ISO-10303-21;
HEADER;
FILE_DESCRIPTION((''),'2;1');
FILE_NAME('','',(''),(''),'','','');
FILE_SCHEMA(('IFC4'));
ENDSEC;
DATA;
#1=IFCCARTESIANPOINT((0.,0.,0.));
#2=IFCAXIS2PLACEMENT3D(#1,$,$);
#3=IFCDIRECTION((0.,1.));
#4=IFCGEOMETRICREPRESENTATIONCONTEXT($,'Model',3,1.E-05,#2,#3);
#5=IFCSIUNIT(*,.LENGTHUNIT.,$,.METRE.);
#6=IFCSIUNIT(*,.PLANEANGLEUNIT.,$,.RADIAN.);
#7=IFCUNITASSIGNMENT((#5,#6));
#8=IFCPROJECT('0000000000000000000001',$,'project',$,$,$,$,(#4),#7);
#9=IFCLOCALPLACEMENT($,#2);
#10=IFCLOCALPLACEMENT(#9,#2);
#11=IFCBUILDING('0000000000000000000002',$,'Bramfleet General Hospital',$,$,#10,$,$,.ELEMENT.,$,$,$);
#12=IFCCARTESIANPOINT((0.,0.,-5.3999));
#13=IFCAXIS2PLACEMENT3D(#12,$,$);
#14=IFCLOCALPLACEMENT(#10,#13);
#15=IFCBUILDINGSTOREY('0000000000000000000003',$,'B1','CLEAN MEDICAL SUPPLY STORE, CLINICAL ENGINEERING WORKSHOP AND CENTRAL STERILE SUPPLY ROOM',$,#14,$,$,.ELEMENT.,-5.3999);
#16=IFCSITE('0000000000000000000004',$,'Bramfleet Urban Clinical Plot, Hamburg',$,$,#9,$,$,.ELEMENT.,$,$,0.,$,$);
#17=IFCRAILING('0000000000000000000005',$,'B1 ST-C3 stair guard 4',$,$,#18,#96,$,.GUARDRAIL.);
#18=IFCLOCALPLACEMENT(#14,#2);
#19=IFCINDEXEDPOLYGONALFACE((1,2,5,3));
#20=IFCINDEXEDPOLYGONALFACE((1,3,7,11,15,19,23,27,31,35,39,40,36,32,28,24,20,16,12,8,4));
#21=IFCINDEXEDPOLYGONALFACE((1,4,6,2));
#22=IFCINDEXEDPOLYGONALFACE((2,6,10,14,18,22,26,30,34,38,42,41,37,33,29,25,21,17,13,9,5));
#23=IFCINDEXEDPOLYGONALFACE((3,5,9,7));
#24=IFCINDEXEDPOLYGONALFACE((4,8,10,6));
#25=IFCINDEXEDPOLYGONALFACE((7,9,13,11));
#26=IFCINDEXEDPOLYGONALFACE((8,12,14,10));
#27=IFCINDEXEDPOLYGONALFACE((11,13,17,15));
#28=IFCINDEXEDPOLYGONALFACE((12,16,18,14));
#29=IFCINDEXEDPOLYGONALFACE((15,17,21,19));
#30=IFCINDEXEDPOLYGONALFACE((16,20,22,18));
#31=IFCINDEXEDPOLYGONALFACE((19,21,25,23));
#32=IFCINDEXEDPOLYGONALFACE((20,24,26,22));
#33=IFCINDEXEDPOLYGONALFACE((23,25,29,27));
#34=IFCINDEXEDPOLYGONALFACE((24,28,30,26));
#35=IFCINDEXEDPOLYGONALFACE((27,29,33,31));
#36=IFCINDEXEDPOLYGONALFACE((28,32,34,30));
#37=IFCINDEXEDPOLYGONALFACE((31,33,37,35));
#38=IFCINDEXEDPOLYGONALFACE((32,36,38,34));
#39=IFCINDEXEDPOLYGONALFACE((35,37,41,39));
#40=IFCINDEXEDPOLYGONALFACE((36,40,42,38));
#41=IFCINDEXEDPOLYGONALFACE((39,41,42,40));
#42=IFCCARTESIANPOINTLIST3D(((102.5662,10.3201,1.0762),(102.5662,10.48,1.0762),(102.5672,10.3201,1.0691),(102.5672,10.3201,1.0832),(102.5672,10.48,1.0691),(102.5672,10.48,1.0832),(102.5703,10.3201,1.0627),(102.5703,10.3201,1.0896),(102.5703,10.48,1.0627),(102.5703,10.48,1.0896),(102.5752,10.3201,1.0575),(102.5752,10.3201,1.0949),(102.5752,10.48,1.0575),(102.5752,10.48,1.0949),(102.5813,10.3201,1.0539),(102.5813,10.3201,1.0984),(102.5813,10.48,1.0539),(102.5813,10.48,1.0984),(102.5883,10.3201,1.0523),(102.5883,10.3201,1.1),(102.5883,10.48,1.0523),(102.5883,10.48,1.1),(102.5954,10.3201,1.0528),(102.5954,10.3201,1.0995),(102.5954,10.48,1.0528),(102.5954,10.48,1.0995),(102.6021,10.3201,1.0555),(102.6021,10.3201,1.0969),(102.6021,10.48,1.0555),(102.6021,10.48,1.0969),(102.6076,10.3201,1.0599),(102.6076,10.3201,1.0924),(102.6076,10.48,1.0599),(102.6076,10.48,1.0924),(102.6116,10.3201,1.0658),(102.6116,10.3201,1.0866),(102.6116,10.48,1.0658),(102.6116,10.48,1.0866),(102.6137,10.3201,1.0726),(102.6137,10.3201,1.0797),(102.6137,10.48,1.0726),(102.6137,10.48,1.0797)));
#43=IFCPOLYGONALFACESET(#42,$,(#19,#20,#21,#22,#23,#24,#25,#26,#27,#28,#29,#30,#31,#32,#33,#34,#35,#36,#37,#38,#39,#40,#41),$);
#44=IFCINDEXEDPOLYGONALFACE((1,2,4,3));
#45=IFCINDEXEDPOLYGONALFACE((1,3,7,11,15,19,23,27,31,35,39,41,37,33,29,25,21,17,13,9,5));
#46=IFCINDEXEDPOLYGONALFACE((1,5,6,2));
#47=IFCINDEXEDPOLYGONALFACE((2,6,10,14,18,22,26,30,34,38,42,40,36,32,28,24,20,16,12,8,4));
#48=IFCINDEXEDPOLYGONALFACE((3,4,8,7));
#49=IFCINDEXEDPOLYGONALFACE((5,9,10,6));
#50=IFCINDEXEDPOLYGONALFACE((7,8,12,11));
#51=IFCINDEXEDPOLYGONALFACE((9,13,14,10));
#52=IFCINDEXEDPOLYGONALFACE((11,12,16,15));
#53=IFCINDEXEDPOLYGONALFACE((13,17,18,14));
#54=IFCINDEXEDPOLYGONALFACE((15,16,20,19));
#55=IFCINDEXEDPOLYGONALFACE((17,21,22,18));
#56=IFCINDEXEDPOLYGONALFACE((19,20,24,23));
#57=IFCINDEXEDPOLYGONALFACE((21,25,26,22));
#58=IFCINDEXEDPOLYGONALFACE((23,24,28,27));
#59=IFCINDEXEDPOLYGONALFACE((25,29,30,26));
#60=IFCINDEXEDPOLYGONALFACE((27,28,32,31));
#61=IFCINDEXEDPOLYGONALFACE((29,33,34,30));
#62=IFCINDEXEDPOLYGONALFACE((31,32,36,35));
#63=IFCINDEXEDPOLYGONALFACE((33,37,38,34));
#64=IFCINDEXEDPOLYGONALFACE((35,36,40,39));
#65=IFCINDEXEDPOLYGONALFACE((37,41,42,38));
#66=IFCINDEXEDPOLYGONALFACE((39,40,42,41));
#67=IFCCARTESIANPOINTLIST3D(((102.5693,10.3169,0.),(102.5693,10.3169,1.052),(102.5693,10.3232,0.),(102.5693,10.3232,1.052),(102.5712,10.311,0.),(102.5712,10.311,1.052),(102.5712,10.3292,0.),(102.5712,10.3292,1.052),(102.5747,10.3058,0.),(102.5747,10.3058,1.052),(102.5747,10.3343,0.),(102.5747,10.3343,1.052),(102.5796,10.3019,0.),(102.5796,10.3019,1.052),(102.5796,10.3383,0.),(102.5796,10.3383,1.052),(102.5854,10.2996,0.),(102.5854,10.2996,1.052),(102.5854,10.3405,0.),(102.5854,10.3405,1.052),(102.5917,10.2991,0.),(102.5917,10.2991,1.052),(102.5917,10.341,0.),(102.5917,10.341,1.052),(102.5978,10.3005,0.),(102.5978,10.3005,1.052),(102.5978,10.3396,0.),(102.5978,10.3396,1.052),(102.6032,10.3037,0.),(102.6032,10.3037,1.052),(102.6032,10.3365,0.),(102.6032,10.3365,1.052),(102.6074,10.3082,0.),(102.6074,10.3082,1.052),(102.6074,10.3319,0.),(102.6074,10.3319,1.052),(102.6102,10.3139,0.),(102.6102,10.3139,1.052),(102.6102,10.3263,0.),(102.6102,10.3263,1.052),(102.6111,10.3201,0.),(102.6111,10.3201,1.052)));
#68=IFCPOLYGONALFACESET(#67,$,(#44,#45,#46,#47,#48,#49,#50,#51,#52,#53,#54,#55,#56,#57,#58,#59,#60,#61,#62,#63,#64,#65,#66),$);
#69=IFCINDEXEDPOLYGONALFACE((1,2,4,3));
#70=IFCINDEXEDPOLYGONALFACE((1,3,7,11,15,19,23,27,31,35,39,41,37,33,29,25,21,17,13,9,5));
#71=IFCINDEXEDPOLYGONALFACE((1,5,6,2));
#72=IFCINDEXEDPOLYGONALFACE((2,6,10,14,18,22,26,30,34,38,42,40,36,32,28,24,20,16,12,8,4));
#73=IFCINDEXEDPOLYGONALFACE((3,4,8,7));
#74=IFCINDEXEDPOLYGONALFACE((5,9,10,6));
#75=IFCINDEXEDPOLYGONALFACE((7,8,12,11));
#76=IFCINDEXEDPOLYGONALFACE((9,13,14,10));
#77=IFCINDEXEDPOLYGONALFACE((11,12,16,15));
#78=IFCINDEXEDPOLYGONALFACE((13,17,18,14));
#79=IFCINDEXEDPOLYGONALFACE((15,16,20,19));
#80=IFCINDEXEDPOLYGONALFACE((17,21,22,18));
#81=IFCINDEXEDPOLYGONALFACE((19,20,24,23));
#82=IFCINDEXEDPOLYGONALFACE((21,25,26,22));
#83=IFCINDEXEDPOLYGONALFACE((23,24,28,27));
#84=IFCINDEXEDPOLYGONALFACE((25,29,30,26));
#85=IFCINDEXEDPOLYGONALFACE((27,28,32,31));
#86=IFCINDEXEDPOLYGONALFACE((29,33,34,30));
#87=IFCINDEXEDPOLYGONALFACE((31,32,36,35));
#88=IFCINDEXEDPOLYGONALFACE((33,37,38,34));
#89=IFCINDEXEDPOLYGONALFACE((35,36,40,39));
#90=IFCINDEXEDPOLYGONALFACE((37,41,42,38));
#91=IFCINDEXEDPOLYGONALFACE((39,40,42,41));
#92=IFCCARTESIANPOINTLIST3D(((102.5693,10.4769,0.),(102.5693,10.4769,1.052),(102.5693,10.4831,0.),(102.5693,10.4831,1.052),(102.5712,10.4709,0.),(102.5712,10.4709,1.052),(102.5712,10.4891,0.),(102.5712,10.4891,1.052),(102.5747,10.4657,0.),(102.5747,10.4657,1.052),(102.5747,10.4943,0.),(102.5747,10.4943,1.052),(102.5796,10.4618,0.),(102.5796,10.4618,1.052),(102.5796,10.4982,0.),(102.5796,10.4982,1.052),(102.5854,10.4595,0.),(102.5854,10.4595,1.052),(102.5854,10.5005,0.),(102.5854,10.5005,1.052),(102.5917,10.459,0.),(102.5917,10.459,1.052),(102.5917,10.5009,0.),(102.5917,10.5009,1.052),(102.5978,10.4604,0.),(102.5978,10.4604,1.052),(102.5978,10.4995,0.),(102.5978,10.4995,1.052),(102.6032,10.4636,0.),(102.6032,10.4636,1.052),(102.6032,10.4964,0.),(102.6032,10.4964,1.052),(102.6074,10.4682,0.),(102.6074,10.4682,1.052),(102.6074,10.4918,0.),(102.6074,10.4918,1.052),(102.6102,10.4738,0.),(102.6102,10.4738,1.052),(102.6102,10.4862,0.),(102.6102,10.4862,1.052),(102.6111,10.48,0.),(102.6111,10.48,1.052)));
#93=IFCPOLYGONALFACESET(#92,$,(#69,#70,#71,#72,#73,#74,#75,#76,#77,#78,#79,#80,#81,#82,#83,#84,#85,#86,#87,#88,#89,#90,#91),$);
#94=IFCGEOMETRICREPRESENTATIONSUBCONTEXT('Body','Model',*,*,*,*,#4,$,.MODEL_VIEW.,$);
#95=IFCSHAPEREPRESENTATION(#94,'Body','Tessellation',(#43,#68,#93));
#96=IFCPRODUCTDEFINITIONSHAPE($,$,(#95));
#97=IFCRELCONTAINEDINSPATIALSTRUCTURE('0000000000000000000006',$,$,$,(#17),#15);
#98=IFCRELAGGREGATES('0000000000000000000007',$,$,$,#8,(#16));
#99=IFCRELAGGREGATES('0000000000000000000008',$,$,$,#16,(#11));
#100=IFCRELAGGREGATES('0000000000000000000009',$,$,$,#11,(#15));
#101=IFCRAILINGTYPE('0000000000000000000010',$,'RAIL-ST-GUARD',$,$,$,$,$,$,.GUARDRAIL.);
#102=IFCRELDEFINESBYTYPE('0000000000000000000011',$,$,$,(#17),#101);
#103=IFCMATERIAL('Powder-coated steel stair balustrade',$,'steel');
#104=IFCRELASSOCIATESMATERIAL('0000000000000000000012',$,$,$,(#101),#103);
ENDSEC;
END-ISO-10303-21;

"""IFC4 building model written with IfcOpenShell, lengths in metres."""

from ifc_helpers import new_model, si_unit, direction, frame, origin, origin_2d, place, context, subcontext, project, spatial, circle, extrude, material, type_object, element, save


model = new_model("IFC4")

# Units and contexts
model_context = context("Model", 3, precision=1e-05, world=origin(), true_north=direction((0.0, 1.0)))
body_context = subcontext(model_context, "Body", "Model", "MODEL_VIEW")
ifc_project = project(units=[si_unit("LENGTHUNIT", "METRE"), si_unit("PLANEANGLEUNIT", "RADIAN")], contexts=[model_context])

# Site, building, storey
site_placement = place(None, origin())
site = spatial("IfcSite", under=ifc_project, at=site_placement, Name="Bramfleet Urban Clinical Plot, Hamburg", CompositionType="ELEMENT", RefElevation=0.0)
building_placement = place(site_placement, origin())
building = spatial("IfcBuilding", under=site, at=building_placement, Name="Bramfleet General Hospital", CompositionType="ELEMENT")
storey_placement = place(building_placement, frame((0.0, 0.0, -5.3999)))
storey = spatial("IfcBuildingStorey", under=building, at=storey_placement, Name="B1", Description="CLEAN MEDICAL SUPPLY STORE, CLINICAL ENGINEERING WORKSHOP AND CENTRAL STERILE SUPPLY ROOM", CompositionType="ELEMENT", Elevation=-5.3999)

# Railing
ifc_material_1 = material(Name="Powder-coated steel stair balustrade", Category="steel")
railing_type_1 = type_object("IfcRailingType", Name="RAIL-ST-GUARD", PredefinedType="GUARDRAIL", material=ifc_material_1)
railing_1_placement = place(storey_placement, frame((102.5901, 10.3201, 0.0)))
element("IfcRailing", 1, at=railing_1_placement, inside=storey, type_object=railing_type_1, Name="B1 ST-C3 stair guard 4", PredefinedType="GUARDRAIL", context=body_context, shape_type="SweptSolid", body=[
    extrude(circle(Radius=0.0239, at=origin_2d()), frame((0.0, 0.0, 1.0762), z_axis=(0.0, 1.0, 0.0), x_axis=(-1.0, 0.0, 0.0)), (0.0, 0.0, 1.0), 0.1599),
    extrude(circle(Radius=0.021, at=origin_2d()), origin(), (0.0, 0.0, 1.0), 1.052),
    extrude(circle(Radius=0.021, at=origin_2d()), frame((0.0, 0.1599, 0.0)), (0.0, 0.0, 1.0), 1.052),
])

save(model, "model.ifc")
